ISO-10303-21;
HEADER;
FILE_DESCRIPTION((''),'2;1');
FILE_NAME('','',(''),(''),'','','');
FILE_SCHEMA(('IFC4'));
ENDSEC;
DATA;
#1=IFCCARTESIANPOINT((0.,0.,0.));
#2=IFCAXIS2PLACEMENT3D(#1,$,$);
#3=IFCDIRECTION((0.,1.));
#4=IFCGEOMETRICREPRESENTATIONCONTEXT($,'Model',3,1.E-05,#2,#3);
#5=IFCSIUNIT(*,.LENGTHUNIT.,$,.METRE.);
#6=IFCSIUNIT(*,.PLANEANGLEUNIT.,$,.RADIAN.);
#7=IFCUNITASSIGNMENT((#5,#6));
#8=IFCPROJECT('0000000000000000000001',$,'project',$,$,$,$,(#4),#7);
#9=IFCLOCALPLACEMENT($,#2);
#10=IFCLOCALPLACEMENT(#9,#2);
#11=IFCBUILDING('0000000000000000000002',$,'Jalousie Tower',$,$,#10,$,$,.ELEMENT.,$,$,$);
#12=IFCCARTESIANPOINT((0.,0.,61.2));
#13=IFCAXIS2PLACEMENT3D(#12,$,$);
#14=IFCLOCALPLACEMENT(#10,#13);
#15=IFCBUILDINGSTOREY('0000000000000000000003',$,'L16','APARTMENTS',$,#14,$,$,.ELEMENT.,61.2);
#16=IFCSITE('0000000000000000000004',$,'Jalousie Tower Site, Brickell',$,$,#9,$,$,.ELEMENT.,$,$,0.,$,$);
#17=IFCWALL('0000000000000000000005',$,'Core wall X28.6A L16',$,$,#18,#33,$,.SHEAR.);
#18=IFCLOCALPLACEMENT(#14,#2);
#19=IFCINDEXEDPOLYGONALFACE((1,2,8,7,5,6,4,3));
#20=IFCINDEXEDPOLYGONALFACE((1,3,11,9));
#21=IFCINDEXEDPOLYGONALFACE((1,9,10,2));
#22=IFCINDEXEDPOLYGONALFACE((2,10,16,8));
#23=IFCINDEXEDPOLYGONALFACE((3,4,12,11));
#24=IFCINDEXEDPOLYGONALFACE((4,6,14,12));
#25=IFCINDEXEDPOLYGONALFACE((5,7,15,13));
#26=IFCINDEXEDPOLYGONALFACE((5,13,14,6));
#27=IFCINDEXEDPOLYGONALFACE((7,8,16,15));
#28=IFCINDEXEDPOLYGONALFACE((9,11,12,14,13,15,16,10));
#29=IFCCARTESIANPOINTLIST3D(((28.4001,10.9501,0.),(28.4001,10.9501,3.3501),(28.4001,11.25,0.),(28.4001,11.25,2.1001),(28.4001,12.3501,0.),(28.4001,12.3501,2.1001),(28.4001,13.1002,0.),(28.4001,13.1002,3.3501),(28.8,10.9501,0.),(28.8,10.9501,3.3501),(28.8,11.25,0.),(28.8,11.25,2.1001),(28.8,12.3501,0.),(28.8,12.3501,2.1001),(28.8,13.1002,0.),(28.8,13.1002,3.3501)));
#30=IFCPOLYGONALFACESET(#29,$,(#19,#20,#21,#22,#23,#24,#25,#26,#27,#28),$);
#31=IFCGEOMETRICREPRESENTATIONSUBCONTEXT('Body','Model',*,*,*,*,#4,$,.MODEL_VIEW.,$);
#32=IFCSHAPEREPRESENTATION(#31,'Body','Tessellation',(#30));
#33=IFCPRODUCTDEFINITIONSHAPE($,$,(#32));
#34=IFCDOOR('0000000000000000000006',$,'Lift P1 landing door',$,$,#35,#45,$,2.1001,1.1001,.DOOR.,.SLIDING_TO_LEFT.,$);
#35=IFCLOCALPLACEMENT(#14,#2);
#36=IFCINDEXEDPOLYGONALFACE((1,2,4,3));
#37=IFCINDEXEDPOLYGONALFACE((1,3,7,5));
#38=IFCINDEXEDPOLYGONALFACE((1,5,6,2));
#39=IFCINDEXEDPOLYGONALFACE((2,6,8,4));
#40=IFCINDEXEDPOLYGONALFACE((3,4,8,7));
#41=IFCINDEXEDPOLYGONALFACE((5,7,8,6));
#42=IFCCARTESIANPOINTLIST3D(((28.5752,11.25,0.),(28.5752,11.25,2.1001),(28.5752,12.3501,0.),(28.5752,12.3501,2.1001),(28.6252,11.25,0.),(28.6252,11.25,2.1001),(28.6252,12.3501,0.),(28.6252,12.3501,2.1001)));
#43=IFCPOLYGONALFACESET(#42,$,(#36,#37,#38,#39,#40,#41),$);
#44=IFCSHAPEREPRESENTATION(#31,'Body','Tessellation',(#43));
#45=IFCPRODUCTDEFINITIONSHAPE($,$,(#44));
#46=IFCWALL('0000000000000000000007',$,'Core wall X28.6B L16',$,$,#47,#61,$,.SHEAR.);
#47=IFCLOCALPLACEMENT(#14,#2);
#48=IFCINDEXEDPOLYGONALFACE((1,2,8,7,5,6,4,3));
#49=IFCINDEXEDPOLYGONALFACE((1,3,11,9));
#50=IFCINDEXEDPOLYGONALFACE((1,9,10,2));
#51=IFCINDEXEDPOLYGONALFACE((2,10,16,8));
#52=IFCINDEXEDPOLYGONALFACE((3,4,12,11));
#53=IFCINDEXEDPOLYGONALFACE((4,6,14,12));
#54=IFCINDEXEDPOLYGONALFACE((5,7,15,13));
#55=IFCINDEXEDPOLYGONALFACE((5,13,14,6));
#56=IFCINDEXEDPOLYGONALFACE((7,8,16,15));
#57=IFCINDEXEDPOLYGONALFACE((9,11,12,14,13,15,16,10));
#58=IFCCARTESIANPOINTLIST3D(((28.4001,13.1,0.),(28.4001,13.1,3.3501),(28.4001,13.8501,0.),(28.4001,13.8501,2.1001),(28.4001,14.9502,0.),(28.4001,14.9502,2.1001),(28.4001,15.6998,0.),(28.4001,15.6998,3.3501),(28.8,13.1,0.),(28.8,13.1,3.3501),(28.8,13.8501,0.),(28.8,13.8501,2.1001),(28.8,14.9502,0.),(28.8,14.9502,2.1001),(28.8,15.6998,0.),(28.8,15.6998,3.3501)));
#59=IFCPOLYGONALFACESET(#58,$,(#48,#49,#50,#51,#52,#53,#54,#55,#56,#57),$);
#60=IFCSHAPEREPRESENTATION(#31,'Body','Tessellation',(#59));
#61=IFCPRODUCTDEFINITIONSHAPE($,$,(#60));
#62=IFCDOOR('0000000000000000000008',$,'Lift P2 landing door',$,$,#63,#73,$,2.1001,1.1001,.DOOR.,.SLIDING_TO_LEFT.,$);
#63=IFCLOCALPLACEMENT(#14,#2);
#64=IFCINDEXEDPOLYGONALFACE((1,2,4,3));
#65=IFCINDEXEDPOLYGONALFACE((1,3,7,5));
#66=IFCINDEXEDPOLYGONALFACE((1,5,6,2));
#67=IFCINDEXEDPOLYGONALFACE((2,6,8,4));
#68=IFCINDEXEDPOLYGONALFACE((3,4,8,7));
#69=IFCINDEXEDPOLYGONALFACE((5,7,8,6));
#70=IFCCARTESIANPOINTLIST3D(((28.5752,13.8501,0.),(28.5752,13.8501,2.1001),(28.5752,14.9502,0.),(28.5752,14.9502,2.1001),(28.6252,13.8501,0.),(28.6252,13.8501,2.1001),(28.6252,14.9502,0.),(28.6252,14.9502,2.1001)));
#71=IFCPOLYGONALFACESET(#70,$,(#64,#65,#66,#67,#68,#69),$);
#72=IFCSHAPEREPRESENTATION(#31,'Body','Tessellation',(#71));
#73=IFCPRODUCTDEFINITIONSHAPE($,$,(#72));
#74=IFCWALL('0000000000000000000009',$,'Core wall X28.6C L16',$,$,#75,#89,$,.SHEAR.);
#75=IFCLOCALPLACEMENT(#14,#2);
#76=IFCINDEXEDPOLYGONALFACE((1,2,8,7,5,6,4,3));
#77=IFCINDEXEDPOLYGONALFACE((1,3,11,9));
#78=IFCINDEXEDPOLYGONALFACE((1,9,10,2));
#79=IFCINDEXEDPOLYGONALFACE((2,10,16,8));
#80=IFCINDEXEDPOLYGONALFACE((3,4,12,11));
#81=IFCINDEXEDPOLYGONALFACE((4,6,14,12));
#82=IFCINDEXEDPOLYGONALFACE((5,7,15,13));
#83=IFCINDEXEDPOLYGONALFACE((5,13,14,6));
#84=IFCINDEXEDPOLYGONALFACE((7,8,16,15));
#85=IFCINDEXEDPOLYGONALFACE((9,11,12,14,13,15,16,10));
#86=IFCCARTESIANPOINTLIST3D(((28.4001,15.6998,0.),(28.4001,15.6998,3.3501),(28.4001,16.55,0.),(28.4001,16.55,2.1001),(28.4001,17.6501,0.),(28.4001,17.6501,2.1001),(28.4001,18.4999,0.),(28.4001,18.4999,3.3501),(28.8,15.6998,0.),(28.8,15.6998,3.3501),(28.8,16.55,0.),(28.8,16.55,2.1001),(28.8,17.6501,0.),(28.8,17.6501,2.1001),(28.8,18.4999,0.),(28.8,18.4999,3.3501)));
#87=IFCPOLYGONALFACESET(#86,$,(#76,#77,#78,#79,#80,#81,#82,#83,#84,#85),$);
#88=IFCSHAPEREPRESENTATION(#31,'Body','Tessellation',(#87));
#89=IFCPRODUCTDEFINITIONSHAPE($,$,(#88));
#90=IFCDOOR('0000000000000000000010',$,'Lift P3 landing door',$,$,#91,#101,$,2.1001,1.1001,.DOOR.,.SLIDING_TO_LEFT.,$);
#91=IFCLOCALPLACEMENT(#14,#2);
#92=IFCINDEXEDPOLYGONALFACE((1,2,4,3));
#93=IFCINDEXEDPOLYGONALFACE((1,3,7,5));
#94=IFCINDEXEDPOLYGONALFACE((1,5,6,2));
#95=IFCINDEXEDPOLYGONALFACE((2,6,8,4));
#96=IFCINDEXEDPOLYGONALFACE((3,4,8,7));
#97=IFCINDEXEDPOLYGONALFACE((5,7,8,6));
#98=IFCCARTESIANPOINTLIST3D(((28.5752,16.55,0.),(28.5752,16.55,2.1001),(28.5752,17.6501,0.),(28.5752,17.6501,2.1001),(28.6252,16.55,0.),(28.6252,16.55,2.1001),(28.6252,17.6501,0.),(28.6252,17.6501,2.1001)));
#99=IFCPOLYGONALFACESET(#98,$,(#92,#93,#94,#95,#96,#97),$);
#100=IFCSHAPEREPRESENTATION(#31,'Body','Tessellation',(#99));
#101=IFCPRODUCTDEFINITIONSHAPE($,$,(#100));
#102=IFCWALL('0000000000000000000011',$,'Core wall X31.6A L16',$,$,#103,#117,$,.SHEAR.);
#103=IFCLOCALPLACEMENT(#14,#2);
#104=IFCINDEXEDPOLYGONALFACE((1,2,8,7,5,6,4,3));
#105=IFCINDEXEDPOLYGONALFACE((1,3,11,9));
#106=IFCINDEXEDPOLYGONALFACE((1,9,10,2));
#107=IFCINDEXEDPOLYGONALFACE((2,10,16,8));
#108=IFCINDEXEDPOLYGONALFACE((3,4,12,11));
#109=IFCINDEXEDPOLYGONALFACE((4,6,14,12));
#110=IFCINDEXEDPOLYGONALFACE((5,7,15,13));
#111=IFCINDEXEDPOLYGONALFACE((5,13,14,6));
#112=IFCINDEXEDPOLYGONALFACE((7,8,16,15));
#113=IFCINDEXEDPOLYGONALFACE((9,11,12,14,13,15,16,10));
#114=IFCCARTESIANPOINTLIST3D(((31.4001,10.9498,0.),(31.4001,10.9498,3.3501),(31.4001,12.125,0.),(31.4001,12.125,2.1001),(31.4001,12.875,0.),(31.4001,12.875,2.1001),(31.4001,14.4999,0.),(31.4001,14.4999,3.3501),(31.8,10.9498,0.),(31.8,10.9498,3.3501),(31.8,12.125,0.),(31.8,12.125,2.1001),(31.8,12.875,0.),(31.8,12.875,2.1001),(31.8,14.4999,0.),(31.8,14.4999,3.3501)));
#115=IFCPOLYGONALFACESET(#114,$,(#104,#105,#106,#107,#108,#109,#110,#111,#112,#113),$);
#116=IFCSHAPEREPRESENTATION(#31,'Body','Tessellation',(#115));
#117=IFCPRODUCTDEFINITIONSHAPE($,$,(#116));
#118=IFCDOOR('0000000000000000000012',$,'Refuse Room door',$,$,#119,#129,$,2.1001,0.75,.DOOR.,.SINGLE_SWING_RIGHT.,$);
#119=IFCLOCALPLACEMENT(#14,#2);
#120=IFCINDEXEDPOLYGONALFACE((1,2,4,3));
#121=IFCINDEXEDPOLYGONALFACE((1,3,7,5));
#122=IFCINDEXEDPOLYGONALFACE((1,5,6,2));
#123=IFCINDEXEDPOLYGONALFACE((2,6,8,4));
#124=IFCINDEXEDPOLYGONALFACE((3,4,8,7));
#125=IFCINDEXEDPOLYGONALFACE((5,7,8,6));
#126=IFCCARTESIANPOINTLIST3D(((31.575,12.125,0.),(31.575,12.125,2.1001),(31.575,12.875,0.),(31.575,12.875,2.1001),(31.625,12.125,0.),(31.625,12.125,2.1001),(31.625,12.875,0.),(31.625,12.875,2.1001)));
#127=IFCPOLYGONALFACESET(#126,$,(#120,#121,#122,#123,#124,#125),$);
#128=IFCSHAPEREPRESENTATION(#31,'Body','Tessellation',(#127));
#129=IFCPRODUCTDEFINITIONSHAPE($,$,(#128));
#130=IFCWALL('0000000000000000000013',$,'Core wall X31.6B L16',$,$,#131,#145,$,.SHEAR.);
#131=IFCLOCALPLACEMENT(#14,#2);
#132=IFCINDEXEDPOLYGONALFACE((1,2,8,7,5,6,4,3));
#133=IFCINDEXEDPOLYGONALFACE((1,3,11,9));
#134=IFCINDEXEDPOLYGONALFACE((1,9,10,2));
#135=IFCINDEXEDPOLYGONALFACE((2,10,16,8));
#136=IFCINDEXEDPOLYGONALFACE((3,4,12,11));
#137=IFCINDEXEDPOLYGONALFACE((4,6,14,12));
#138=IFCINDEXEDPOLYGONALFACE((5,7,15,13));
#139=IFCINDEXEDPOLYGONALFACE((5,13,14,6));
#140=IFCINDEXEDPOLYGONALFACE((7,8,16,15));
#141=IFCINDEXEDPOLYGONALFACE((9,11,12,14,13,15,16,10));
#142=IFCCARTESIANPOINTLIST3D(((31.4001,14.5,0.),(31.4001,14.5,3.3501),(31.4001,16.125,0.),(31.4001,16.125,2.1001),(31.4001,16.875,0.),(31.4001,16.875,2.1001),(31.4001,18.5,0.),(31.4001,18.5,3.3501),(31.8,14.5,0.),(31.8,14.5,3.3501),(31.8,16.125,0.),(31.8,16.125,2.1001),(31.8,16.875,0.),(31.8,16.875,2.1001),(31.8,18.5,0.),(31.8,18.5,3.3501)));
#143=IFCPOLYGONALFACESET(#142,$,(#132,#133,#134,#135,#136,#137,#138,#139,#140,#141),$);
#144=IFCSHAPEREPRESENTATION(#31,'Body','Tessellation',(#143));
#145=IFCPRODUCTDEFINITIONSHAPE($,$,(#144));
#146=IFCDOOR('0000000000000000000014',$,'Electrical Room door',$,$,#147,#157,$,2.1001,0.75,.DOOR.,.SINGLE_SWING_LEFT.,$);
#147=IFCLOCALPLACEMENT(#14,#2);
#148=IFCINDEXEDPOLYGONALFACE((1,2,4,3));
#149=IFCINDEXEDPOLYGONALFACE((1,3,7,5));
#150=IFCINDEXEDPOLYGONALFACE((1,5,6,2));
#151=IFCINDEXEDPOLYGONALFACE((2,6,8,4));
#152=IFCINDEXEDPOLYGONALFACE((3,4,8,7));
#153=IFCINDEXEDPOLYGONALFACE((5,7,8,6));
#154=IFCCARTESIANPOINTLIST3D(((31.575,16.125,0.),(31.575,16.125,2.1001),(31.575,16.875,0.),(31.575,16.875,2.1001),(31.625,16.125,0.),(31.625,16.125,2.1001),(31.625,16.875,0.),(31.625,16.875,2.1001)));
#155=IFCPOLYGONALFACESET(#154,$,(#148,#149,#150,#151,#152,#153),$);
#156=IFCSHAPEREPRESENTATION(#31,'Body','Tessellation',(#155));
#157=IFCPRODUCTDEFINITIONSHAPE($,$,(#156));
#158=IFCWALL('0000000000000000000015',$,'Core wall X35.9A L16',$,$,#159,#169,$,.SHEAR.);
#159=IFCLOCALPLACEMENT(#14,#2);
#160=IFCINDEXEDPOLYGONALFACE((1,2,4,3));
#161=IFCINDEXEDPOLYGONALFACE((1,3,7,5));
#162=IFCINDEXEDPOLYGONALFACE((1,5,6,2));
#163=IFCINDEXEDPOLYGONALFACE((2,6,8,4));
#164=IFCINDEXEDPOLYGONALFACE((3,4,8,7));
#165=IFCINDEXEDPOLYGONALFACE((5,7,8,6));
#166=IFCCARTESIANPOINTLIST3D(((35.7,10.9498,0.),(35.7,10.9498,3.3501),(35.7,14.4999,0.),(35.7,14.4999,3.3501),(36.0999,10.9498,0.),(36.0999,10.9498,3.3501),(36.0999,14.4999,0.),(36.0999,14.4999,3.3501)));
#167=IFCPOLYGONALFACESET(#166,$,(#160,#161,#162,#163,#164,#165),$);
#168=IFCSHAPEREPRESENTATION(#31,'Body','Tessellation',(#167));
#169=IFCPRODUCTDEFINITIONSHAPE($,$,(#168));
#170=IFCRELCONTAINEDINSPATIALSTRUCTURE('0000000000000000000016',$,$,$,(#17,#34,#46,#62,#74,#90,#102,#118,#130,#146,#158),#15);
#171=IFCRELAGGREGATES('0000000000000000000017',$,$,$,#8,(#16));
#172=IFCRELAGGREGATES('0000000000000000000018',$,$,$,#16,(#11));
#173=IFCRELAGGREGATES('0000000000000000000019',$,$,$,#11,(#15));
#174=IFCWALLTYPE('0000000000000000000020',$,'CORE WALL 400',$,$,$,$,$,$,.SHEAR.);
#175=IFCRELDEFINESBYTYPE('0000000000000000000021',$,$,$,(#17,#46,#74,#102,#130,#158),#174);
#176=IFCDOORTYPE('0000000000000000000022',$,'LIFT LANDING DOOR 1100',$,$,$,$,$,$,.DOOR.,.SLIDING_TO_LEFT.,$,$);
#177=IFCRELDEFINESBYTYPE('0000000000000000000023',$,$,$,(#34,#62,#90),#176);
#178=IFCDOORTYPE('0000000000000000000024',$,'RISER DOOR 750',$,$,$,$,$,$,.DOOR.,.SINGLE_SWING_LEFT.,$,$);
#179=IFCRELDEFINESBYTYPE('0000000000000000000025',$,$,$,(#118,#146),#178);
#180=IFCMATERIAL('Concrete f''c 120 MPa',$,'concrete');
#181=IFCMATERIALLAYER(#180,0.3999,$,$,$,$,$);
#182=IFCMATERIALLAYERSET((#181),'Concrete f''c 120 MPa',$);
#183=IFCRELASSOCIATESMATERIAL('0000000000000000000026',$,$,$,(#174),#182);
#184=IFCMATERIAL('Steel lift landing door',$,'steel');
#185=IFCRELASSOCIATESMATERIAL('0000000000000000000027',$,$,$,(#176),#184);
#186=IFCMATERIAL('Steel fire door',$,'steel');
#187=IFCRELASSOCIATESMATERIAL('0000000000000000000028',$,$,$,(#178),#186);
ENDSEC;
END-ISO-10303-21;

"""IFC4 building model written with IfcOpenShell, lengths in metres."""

from ifc_helpers import new_model, si_unit, direction, frame, frame_2d, origin, place, context, subcontext, project, spatial, rectangle, extrude, material, layer, layer_set, type_object, element, fill, save


model = new_model("IFC4")

# Units and contexts
model_context = context("Model", 3, precision=1e-05, world=origin(), true_north=direction((0.0, 1.0)))
body_context = subcontext(model_context, "Body", "Model", "MODEL_VIEW")
ifc_project = project(units=[si_unit("LENGTHUNIT", "METRE"), si_unit("PLANEANGLEUNIT", "RADIAN")], contexts=[model_context])

# Site, building, storey
site_placement = place(None, origin())
site = spatial("IfcSite", under=ifc_project, at=site_placement, Name="Jalousie Tower Site, Brickell", CompositionType="ELEMENT", RefElevation=0.0)
building_placement = place(site_placement, origin())
building = spatial("IfcBuilding", under=site, at=building_placement, Name="Jalousie Tower", CompositionType="ELEMENT")
storey_placement = place(building_placement, frame((0.0, 0.0, 61.2)))
storey = spatial("IfcBuildingStorey", under=building, at=storey_placement, Name="L16", Description="APARTMENTS", CompositionType="ELEMENT", Elevation=61.2)

# Walls, openings, doors
ifc_material_1 = material(Name="Concrete f'c 120 MPa", Category="concrete")
ifc_layer = layer(ifc_material_1, 0.3999)
ifc_layer_set = layer_set([ifc_layer], Name="Concrete f'c 120 MPa")
wall_type = type_object("IfcWallType", Name="CORE WALL 400", PredefinedType="SHEAR", material=ifc_layer_set)
wall_1_placement = place(storey_placement, frame((28.6001, 10.95, 0.0), z_axis=(0.0, 0.0, 1.0), x_axis=(0.0, 1.0, 0.0)))
wall_1 = element("IfcWall", 1, at=wall_1_placement, inside=storey, type_object=wall_type, Name="Core wall X28.6A L16", PredefinedType="SHEAR", context=body_context, shape_type="SweptSolid", body=[
    extrude(rectangle(XDim=2.1501, YDim=0.3999, at=frame_2d((1.0752, 0.0))), origin(), (0.0, 0.0, 1.0), 3.3501),
])
opening_1_placement = place(wall_1_placement, frame((0.3, 0.0, 0.0)))
opening_1 = element("IfcOpeningElement", 2, at=opening_1_placement, cuts=wall_1, PredefinedType="OPENING", context=body_context, shape_type="SweptSolid", body=[
    extrude(rectangle(XDim=1.1001, YDim=2.1001, at=frame_2d((0.55, 1.05))), frame((0.0, 0.21, 0.0), z_axis=(0.0, -1.0, 0.0), x_axis=(1.0, 0.0, 0.0)), (0.0, 0.0, 1.0), 0.4199),
])
ifc_material_2 = material(Name="Steel lift landing door", Category="steel")
door_type_1 = type_object("IfcDoorType", Name="LIFT LANDING DOOR 1100", OperationType="SLIDING_TO_LEFT", PredefinedType="DOOR", material=ifc_material_2)
door_1_placement = place(opening_1_placement, origin())
door_1 = element("IfcDoor", 3, at=door_1_placement, inside=storey, type_object=door_type_1, Name="Lift P1 landing door", OperationType="SLIDING_TO_LEFT", OverallHeight=2.1001, OverallWidth=1.1001, PredefinedType="DOOR", context=body_context, shape_type="SweptSolid", body=[
    extrude(rectangle(XDim=1.1001, YDim=2.1001, at=frame_2d((0.55, 1.05))), frame((0.0, 0.0249, 0.0), z_axis=(0.0, -1.0, 0.0), x_axis=(1.0, 0.0, 0.0)), (0.0, 0.0, 1.0), 0.05),
])
fill(opening_1, door_1)
wall_2_placement = place(storey_placement, frame((28.6001, 13.1001, 0.0), z_axis=(0.0, 0.0, 1.0), x_axis=(0.0, 1.0, 0.0)))
wall_2 = element("IfcWall", 4, at=wall_2_placement, inside=storey, type_object=wall_type, Name="Core wall X28.6B L16", PredefinedType="SHEAR", context=body_context, shape_type="SweptSolid", body=[
    extrude(rectangle(XDim=2.5999, YDim=0.3999, at=frame_2d((1.2998, 0.0))), origin(), (0.0, 0.0, 1.0), 3.3501),
])
opening_2_placement = place(wall_2_placement, frame((0.75, 0.0, 0.0)))
opening_2 = element("IfcOpeningElement", 5, at=opening_2_placement, cuts=wall_2, PredefinedType="OPENING", context=body_context, shape_type="SweptSolid", body=[
    extrude(rectangle(XDim=1.1001, YDim=2.1001, at=frame_2d((0.55, 1.05))), frame((0.0, 0.21, 0.0), z_axis=(0.0, -1.0, 0.0), x_axis=(1.0, 0.0, 0.0)), (0.0, 0.0, 1.0), 0.4199),
])
door_2_placement = place(opening_2_placement, origin())
door_2 = element("IfcDoor", 6, at=door_2_placement, inside=storey, type_object=door_type_1, Name="Lift P2 landing door", OperationType="SLIDING_TO_LEFT", OverallHeight=2.1001, OverallWidth=1.1001, PredefinedType="DOOR", context=body_context, shape_type="SweptSolid", body=[
    extrude(rectangle(XDim=1.1001, YDim=2.1001, at=frame_2d((0.55, 1.05))), frame((0.0, 0.0249, 0.0), z_axis=(0.0, -1.0, 0.0), x_axis=(1.0, 0.0, 0.0)), (0.0, 0.0, 1.0), 0.05),
])
fill(opening_2, door_2)
wall_3_placement = place(storey_placement, frame((28.6001, 15.7, 0.0), z_axis=(0.0, 0.0, 1.0), x_axis=(0.0, 1.0, 0.0)))
wall_3 = element("IfcWall", 7, at=wall_3_placement, inside=storey, type_object=wall_type, Name="Core wall X28.6C L16", PredefinedType="SHEAR", context=body_context, shape_type="SweptSolid", body=[
    extrude(rectangle(XDim=2.8, YDim=0.3999, at=frame_2d((1.3999, 0.0))), origin(), (0.0, 0.0, 1.0), 3.3501),
])
opening_3_placement = place(wall_3_placement, frame((0.8501, 0.0, 0.0)))
opening_3 = element("IfcOpeningElement", 8, at=opening_3_placement, cuts=wall_3, PredefinedType="OPENING", context=body_context, shape_type="SweptSolid", body=[
    extrude(rectangle(XDim=1.1001, YDim=2.1001, at=frame_2d((0.55, 1.05))), frame((0.0, 0.21, 0.0), z_axis=(0.0, -1.0, 0.0), x_axis=(1.0, 0.0, 0.0)), (0.0, 0.0, 1.0), 0.4199),
])
door_3_placement = place(opening_3_placement, origin())
door_3 = element("IfcDoor", 9, at=door_3_placement, inside=storey, type_object=door_type_1, Name="Lift P3 landing door", OperationType="SLIDING_TO_LEFT", OverallHeight=2.1001, OverallWidth=1.1001, PredefinedType="DOOR", context=body_context, shape_type="SweptSolid", body=[
    extrude(rectangle(XDim=1.1001, YDim=2.1001, at=frame_2d((0.55, 1.05))), frame((0.0, 0.0249, 0.0), z_axis=(0.0, -1.0, 0.0), x_axis=(1.0, 0.0, 0.0)), (0.0, 0.0, 1.0), 0.05),
])
fill(opening_3, door_3)
wall_4_placement = place(storey_placement, frame((31.6001, 10.95, 0.0), z_axis=(0.0, 0.0, 1.0), x_axis=(0.0, 1.0, 0.0)))
wall_4 = element("IfcWall", 10, at=wall_4_placement, inside=storey, type_object=wall_type, Name="Core wall X31.6A L16", PredefinedType="SHEAR", context=body_context, shape_type="SweptSolid", body=[
    extrude(rectangle(XDim=3.55, YDim=0.3999, at=frame_2d((1.7749, 0.0))), origin(), (0.0, 0.0, 1.0), 3.3501),
])
opening_4_placement = place(wall_4_placement, frame((1.175, 0.0, 0.0)))
opening_4 = element("IfcOpeningElement", 11, at=opening_4_placement, cuts=wall_4, PredefinedType="OPENING", context=body_context, shape_type="SweptSolid", body=[
    extrude(rectangle(XDim=0.75, YDim=2.1001, at=frame_2d((0.375, 1.05))), frame((0.0, 0.21, 0.0), z_axis=(0.0, -1.0, 0.0), x_axis=(1.0, 0.0, 0.0)), (0.0, 0.0, 1.0), 0.4199),
])
ifc_material_3 = material(Name="Steel fire door", Category="steel")
door_type_2 = type_object("IfcDoorType", Name="RISER DOOR 750", OperationType="SINGLE_SWING_LEFT", PredefinedType="DOOR", material=ifc_material_3)
door_4_placement = place(opening_4_placement, frame((0.75, 0.0, 0.0), z_axis=(0.0, 0.0, 1.0), x_axis=(-1.0, 0.0, 0.0)))
door_4 = element("IfcDoor", 12, at=door_4_placement, inside=storey, type_object=door_type_2, Name="Refuse Room door", OperationType="SINGLE_SWING_RIGHT", OverallHeight=2.1001, OverallWidth=0.75, PredefinedType="DOOR", context=body_context, shape_type="SweptSolid", body=[
    extrude(rectangle(XDim=0.75, YDim=2.1001, at=frame_2d((0.375, 1.05))), frame((0.0, 0.0249, 0.0), z_axis=(0.0, -1.0, 0.0), x_axis=(1.0, 0.0, 0.0)), (0.0, 0.0, 1.0), 0.05),
])
fill(opening_4, door_4)
wall_5_placement = place(storey_placement, frame((31.6001, 14.5, 0.0), z_axis=(0.0, 0.0, 1.0), x_axis=(0.0, 1.0, 0.0)))
wall_5 = element("IfcWall", 13, at=wall_5_placement, inside=storey, type_object=wall_type, Name="Core wall X31.6B L16", PredefinedType="SHEAR", context=body_context, shape_type="SweptSolid", body=[
    extrude(rectangle(XDim=4.0, YDim=0.3999, at=frame_2d((2.0, 0.0))), origin(), (0.0, 0.0, 1.0), 3.3501),
])
opening_5_placement = place(wall_5_placement, frame((1.625, 0.0, 0.0)))
opening_5 = element("IfcOpeningElement", 14, at=opening_5_placement, cuts=wall_5, PredefinedType="OPENING", context=body_context, shape_type="SweptSolid", body=[
    extrude(rectangle(XDim=0.75, YDim=2.1001, at=frame_2d((0.375, 1.05))), frame((0.0, 0.21, 0.0), z_axis=(0.0, -1.0, 0.0), x_axis=(1.0, 0.0, 0.0)), (0.0, 0.0, 1.0), 0.4199),
])
door_5_placement = place(opening_5_placement, frame((0.75, 0.0, 0.0), z_axis=(0.0, 0.0, 1.0), x_axis=(-1.0, 0.0, 0.0)))
door_5 = element("IfcDoor", 15, at=door_5_placement, inside=storey, type_object=door_type_2, Name="Electrical Room door", OperationType="SINGLE_SWING_LEFT", OverallHeight=2.1001, OverallWidth=0.75, PredefinedType="DOOR", context=body_context, shape_type="SweptSolid", body=[
    extrude(rectangle(XDim=0.75, YDim=2.1001, at=frame_2d((0.375, 1.05))), frame((0.0, 0.0249, 0.0), z_axis=(0.0, -1.0, 0.0), x_axis=(1.0, 0.0, 0.0)), (0.0, 0.0, 1.0), 0.05),
])
fill(opening_5, door_5)

# Wall
wall_6_placement = place(storey_placement, frame((35.8999, 10.95, 0.0), z_axis=(0.0, 0.0, 1.0), x_axis=(0.0, 1.0, 0.0)))
element("IfcWall", 16, at=wall_6_placement, inside=storey, type_object=wall_type, Name="Core wall X35.9A L16", PredefinedType="SHEAR", context=body_context, shape_type="SweptSolid", body=[
    extrude(rectangle(XDim=3.55, YDim=0.3999, at=frame_2d((1.7749, 0.0))), origin(), (0.0, 0.0, 1.0), 3.3501),
])

save(model, "model.ifc")
